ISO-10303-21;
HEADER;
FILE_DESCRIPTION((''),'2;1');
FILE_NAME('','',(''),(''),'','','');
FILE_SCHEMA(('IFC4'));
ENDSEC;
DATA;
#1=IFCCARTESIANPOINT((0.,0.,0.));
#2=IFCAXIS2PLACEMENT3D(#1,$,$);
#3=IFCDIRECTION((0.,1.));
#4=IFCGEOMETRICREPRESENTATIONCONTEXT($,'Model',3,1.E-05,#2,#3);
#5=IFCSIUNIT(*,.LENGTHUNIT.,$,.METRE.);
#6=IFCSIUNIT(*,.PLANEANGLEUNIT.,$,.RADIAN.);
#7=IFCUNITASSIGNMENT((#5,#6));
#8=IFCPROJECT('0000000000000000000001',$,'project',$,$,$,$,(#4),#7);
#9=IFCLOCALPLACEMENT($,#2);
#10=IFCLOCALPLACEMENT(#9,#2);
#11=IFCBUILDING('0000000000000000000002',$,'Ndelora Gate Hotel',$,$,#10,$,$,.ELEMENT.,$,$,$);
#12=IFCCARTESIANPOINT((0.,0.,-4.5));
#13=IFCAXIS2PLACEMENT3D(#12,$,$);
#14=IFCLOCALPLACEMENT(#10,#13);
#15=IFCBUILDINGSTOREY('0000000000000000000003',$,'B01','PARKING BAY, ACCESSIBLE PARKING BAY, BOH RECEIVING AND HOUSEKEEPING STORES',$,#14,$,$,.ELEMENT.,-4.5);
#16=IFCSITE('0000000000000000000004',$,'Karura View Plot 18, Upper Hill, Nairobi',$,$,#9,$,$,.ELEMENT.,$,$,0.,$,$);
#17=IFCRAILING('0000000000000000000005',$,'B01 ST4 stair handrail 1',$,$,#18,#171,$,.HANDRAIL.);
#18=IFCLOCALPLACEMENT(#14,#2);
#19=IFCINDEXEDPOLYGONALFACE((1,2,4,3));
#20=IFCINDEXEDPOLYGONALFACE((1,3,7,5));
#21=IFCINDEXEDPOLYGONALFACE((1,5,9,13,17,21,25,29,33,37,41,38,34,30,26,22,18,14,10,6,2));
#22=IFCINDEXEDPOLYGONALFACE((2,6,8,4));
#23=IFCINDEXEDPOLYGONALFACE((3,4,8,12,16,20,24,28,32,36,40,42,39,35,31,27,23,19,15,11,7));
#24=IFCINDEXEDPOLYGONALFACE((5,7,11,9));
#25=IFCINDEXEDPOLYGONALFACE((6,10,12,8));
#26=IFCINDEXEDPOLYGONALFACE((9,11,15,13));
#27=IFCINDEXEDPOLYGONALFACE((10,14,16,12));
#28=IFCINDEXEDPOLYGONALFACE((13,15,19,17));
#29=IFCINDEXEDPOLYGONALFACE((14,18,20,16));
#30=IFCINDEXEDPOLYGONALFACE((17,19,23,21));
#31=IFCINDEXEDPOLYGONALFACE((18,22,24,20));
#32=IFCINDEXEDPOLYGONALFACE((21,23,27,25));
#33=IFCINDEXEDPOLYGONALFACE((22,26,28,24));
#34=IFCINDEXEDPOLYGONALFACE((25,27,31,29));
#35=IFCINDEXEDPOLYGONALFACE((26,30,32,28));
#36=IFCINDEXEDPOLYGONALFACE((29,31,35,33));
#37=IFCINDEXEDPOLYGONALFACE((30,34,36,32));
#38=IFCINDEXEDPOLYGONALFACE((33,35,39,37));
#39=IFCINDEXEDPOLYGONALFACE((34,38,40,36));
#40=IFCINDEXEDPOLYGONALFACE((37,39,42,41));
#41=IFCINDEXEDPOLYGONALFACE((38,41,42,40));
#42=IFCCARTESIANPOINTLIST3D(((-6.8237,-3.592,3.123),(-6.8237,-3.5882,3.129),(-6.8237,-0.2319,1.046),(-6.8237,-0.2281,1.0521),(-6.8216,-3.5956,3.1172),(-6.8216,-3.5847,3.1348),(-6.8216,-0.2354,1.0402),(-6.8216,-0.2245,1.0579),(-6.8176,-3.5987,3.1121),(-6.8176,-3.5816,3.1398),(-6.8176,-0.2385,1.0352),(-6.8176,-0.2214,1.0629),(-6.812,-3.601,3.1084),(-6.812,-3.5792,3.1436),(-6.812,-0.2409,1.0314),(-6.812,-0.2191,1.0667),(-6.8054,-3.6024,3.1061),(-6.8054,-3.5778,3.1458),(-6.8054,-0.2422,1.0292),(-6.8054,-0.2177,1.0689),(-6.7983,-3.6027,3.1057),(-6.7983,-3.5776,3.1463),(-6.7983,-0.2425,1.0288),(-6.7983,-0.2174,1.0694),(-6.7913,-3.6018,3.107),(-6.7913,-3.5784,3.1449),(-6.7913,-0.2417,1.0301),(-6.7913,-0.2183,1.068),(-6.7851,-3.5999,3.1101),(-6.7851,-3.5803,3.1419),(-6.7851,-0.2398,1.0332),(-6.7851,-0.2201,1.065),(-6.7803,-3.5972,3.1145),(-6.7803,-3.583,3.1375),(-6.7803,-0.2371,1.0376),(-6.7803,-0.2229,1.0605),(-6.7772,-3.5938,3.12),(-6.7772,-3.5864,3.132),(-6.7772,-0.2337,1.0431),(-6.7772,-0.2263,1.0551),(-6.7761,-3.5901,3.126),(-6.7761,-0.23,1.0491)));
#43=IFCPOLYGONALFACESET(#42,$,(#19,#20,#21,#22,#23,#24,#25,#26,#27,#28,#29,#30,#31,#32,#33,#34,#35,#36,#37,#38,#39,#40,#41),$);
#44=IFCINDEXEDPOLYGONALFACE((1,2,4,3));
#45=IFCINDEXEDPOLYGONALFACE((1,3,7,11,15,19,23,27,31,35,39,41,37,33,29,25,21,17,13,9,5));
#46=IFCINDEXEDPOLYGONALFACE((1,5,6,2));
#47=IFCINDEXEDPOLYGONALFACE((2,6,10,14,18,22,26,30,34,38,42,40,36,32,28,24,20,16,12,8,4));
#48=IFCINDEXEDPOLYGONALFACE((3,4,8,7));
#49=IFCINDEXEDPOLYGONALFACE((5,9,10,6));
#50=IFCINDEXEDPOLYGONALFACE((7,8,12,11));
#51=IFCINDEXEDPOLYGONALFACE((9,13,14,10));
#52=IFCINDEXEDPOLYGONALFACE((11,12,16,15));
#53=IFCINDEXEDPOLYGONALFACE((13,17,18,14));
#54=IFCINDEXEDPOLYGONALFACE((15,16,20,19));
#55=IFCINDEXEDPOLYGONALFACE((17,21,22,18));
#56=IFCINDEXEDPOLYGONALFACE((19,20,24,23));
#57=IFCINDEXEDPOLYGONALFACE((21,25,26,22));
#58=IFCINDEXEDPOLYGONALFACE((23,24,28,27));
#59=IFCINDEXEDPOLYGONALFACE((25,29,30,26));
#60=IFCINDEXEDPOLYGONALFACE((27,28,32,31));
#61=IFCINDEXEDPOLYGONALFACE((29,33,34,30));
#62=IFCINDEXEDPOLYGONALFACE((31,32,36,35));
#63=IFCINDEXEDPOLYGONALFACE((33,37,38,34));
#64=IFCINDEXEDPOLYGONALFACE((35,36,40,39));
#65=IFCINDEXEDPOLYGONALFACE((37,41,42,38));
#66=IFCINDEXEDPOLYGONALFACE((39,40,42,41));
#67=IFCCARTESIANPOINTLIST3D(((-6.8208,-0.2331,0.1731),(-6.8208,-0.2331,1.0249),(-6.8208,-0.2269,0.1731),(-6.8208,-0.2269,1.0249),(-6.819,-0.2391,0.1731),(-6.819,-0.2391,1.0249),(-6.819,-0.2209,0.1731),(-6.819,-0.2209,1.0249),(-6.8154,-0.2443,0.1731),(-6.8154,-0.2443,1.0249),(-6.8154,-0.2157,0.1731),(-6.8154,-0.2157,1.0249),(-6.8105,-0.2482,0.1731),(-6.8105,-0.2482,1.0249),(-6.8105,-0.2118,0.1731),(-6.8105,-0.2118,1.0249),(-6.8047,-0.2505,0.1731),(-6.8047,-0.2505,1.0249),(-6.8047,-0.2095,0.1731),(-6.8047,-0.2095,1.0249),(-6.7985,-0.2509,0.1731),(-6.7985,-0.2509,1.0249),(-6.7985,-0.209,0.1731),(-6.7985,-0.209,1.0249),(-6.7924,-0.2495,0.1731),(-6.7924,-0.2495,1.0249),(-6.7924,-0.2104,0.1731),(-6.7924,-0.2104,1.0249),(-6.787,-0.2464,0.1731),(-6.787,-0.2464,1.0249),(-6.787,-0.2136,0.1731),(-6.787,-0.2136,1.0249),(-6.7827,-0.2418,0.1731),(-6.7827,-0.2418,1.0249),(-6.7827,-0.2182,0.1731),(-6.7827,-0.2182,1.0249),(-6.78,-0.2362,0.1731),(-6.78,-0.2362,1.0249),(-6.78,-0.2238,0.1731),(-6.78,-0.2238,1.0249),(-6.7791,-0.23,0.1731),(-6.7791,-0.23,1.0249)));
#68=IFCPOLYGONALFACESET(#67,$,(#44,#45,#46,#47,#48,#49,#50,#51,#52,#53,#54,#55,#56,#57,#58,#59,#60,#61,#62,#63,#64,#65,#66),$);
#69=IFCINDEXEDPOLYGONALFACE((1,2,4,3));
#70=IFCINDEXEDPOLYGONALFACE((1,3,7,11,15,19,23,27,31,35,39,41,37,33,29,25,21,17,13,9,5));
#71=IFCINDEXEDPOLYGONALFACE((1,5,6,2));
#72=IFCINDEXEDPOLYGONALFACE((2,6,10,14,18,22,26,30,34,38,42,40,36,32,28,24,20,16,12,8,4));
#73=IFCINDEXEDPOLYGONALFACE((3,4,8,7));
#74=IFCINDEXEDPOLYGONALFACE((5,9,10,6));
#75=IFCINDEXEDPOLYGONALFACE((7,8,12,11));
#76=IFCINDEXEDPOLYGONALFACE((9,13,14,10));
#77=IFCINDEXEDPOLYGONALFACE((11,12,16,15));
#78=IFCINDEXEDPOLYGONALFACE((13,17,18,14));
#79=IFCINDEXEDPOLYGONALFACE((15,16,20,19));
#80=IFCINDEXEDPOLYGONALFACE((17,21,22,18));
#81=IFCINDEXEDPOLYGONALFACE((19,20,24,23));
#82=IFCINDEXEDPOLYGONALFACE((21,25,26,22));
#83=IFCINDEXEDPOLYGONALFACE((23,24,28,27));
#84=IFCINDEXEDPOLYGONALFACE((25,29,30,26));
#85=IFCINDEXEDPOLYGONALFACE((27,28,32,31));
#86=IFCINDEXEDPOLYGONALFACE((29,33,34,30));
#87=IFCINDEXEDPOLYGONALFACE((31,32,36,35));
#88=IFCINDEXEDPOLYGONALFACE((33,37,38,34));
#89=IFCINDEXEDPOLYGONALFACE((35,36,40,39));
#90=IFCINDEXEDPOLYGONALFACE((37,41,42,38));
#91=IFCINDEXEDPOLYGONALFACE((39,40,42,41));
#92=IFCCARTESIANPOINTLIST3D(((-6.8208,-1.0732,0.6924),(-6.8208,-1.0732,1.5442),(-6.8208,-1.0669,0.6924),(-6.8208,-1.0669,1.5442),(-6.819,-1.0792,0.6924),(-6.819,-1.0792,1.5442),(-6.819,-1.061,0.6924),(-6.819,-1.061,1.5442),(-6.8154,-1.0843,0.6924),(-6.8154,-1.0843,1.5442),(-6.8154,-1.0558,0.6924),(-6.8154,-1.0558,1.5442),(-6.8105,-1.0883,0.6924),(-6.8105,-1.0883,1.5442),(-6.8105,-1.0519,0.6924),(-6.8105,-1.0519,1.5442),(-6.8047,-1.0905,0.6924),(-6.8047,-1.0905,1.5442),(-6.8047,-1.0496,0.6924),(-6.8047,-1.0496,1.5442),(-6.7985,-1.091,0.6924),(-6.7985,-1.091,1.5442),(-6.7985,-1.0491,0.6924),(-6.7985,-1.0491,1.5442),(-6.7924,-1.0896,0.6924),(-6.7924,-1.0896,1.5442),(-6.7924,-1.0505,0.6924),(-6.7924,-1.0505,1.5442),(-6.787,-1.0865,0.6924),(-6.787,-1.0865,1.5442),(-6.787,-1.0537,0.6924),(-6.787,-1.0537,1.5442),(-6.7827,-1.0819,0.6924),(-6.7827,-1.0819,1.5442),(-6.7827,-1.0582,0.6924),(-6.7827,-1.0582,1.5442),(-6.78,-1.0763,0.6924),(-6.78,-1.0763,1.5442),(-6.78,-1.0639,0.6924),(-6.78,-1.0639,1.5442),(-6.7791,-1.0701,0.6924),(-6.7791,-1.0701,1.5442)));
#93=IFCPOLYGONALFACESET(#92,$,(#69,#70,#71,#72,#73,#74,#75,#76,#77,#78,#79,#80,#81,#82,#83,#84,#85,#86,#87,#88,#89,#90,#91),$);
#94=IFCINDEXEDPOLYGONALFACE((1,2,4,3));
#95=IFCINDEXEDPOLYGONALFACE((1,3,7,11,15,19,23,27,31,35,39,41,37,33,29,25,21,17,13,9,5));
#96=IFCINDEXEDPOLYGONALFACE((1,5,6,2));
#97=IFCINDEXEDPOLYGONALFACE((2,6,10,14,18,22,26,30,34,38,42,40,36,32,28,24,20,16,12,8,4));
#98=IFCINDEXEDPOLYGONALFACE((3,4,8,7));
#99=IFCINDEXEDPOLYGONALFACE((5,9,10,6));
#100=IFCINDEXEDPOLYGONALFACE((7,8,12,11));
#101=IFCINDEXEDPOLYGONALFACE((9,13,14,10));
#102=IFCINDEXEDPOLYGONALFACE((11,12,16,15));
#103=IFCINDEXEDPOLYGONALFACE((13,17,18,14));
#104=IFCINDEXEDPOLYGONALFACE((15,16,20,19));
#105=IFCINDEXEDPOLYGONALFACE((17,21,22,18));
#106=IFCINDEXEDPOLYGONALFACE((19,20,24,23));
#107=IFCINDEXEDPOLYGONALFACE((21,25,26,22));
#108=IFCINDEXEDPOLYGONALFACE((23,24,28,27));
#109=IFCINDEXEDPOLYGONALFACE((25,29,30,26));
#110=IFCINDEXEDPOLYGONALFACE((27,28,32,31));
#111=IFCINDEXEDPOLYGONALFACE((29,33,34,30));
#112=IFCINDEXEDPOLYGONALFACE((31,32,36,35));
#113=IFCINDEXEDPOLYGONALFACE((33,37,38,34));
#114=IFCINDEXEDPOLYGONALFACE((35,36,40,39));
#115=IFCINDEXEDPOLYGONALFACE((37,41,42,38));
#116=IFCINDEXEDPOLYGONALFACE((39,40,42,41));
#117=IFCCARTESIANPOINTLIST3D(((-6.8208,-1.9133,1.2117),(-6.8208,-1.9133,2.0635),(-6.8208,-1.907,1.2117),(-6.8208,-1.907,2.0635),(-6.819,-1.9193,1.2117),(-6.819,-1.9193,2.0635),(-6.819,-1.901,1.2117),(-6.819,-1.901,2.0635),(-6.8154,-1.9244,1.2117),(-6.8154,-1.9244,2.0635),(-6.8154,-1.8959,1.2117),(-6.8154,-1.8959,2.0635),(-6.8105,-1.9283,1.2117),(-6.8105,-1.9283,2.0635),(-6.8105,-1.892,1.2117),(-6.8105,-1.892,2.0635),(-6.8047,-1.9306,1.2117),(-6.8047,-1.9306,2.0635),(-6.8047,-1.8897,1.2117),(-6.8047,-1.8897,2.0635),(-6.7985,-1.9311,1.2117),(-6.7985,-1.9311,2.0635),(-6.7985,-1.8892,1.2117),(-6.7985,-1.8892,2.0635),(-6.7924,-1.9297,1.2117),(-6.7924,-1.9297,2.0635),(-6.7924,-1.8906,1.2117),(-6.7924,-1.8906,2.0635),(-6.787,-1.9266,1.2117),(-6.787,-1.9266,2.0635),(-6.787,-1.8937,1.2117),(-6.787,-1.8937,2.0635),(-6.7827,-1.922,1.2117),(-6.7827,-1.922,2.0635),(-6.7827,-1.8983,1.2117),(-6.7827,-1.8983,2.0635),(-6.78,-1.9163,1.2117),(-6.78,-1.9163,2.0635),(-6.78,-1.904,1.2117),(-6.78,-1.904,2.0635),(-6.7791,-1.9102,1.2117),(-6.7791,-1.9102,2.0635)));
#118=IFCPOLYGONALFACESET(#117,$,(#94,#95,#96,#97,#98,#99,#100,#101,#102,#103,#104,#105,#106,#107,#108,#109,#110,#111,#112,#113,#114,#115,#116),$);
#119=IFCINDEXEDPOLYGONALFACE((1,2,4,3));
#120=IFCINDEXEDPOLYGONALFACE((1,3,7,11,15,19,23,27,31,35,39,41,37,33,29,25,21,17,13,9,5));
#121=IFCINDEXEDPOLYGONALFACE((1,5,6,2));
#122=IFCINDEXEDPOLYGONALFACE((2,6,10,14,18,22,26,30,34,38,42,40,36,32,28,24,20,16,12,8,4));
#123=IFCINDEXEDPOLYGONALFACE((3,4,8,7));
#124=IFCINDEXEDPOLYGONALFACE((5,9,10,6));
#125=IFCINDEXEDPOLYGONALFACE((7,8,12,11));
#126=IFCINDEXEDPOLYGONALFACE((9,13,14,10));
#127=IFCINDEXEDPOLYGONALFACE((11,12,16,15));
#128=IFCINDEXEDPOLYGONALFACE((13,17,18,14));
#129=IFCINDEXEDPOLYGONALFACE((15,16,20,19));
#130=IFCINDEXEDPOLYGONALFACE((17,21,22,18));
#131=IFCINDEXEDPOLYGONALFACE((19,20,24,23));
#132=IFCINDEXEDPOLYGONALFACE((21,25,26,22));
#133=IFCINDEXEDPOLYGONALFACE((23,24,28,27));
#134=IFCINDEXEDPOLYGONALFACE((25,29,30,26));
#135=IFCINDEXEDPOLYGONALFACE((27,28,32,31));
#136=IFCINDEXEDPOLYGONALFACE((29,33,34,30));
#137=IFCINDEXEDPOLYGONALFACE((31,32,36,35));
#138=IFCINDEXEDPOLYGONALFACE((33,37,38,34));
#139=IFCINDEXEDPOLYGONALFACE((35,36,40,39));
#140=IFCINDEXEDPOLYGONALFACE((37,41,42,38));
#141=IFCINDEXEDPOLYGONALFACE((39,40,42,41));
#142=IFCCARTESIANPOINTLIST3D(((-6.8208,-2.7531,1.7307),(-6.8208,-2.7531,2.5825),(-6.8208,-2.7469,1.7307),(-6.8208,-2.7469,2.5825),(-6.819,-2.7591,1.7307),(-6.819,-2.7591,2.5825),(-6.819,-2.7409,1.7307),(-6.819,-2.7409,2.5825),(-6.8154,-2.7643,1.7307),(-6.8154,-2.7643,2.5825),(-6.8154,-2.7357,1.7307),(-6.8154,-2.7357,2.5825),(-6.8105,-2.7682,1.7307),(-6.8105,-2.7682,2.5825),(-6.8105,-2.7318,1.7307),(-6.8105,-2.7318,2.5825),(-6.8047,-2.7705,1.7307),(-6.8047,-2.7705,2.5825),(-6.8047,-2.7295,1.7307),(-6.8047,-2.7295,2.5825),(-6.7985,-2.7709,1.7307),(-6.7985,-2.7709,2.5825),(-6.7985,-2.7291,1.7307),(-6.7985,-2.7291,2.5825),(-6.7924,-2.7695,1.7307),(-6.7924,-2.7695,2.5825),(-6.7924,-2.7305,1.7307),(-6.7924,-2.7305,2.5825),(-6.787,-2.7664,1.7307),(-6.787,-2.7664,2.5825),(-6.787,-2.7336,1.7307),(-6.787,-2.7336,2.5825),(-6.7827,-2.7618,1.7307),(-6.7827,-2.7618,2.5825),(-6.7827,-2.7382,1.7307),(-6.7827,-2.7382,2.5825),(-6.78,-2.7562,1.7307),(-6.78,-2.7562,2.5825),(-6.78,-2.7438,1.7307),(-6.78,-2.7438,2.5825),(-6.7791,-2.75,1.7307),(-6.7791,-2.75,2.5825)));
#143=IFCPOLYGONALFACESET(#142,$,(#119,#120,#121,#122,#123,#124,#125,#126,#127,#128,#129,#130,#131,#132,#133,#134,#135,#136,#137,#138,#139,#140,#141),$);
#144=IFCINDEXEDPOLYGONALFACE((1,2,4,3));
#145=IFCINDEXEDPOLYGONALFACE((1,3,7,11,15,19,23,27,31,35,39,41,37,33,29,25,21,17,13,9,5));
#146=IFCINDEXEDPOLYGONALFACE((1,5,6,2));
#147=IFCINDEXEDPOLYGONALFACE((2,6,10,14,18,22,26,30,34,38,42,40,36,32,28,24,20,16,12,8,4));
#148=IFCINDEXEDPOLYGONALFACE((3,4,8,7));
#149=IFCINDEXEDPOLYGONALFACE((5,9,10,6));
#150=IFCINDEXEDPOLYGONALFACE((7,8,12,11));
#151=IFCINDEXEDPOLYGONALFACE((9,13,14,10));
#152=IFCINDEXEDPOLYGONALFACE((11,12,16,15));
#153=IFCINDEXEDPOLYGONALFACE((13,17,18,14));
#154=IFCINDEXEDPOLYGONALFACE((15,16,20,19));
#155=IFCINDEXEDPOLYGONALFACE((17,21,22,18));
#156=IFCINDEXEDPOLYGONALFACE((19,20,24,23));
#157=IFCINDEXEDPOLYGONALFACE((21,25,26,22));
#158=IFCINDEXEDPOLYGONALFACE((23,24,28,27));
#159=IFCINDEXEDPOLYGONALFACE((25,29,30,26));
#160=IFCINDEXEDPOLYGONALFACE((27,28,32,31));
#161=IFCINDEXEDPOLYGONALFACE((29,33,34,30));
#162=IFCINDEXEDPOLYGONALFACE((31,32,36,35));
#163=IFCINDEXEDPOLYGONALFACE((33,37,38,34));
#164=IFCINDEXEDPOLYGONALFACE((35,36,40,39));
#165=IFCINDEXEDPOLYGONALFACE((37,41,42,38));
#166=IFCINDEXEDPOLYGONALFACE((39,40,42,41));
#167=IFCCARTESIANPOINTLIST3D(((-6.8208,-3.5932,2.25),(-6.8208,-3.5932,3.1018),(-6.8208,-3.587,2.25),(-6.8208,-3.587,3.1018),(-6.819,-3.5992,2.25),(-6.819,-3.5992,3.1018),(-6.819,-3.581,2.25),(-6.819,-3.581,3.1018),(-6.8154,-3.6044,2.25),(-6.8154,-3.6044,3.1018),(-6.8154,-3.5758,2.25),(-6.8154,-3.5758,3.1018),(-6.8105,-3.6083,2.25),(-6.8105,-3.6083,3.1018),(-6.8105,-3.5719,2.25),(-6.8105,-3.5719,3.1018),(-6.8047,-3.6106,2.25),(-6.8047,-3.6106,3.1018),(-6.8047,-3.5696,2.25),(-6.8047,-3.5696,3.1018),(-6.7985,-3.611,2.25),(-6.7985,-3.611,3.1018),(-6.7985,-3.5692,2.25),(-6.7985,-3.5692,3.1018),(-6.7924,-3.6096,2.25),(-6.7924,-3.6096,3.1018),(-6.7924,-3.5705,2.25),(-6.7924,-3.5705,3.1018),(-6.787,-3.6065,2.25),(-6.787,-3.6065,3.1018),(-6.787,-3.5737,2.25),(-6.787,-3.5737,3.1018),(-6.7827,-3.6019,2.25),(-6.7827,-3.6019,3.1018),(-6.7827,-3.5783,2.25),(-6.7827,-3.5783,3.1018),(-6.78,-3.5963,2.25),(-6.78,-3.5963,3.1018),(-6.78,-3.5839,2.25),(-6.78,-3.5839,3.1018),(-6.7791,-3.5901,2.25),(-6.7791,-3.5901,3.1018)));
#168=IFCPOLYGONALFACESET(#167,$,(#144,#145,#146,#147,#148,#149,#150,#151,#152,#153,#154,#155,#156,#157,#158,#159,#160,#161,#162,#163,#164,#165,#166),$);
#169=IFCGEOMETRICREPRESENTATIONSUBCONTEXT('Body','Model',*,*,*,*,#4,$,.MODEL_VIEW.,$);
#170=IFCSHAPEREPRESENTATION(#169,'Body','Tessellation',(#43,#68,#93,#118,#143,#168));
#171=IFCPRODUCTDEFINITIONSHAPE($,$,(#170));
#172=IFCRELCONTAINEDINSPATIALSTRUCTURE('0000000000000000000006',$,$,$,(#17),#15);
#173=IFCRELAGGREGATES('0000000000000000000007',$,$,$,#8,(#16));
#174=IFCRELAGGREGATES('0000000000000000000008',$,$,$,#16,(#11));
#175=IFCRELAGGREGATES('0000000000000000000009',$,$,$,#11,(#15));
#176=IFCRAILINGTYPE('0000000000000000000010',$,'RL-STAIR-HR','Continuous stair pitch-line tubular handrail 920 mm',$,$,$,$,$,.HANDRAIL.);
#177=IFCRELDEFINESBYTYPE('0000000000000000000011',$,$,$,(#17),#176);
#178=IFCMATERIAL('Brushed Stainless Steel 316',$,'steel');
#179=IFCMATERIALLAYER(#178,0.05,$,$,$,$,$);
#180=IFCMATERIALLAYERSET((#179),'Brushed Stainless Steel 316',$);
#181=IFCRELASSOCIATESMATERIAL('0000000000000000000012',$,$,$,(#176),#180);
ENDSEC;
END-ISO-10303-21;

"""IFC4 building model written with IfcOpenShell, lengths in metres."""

from ifc_helpers import new_model, si_unit, direction, frame, origin, origin_2d, place, context, subcontext, project, spatial, circle, extrude, material, layer, layer_set, type_object, element, save


model = new_model("IFC4")

# Units and contexts
model_context = context("Model", 3, precision=1e-05, world=origin(), true_north=direction((0.0, 1.0)))
body_context = subcontext(model_context, "Body", "Model", "MODEL_VIEW")
ifc_project = project(units=[si_unit("LENGTHUNIT", "METRE"), si_unit("PLANEANGLEUNIT", "RADIAN")], contexts=[model_context])

# Site, building, storey
site_placement = place(None, origin())
site = spatial("IfcSite", under=ifc_project, at=site_placement, Name="Karura View Plot 18, Upper Hill, Nairobi", CompositionType="ELEMENT", RefElevation=0.0)
building_placement = place(site_placement, origin())
building = spatial("IfcBuilding", under=site, at=building_placement, Name="Ndelora Gate Hotel", CompositionType="ELEMENT")
storey_placement = place(building_placement, frame((0.0, 0.0, -4.5)))
storey = spatial("IfcBuildingStorey", under=building, at=storey_placement, Name="B01", Description="PARKING BAY, ACCESSIBLE PARKING BAY, BOH RECEIVING AND HOUSEKEEPING STORES", CompositionType="ELEMENT", Elevation=-4.5)

# Railing
ifc_material_1 = material(Name="Brushed Stainless Steel 316", Category="steel")
ifc_layer_1 = layer(ifc_material_1, 0.05)
ifc_layer_set_1 = layer_set([ifc_layer_1], Name="Brushed Stainless Steel 316")
railing_type_1 = type_object("IfcRailingType", Name="RL-STAIR-HR", Description="Continuous stair pitch-line tubular handrail 920 mm", PredefinedType="HANDRAIL", material=ifc_layer_set_1)
railing_1_placement = place(storey_placement, frame((-6.8, -0.23, 0.1731)))
element("IfcRailing", 1, at=railing_1_placement, inside=storey, type_object=railing_type_1, Name="B01 ST4 stair handrail 1", PredefinedType="HANDRAIL", context=body_context, shape_type="SweptSolid", body=[
    extrude(circle(Radius=0.0239, at=origin_2d()), frame((0.0, 0.0, 0.876), z_axis=(0.0, -0.850623, 0.525776), x_axis=(1.0, 0.0, 0.0)), (0.0, 0.0, 1.0), 3.9502),
    extrude(circle(Radius=0.021, at=origin_2d()), origin(), (0.0, 0.0, 1.0), 0.8518),
    extrude(circle(Radius=0.021, at=origin_2d()), frame((0.0, -0.8401, 0.5193)), (0.0, 0.0, 1.0), 0.8518),
    extrude(circle(Radius=0.021, at=origin_2d()), frame((0.0, -1.6802, 1.0386)), (0.0, 0.0, 1.0), 0.8518),
    extrude(circle(Radius=0.021, at=origin_2d()), frame((0.0, -2.52, 1.5576)), (0.0, 0.0, 1.0), 0.8518),
    extrude(circle(Radius=0.021, at=origin_2d()), frame((0.0, -3.3601, 2.0769)), (0.0, 0.0, 1.0), 0.8518),
])

save(model, "model.ifc")
